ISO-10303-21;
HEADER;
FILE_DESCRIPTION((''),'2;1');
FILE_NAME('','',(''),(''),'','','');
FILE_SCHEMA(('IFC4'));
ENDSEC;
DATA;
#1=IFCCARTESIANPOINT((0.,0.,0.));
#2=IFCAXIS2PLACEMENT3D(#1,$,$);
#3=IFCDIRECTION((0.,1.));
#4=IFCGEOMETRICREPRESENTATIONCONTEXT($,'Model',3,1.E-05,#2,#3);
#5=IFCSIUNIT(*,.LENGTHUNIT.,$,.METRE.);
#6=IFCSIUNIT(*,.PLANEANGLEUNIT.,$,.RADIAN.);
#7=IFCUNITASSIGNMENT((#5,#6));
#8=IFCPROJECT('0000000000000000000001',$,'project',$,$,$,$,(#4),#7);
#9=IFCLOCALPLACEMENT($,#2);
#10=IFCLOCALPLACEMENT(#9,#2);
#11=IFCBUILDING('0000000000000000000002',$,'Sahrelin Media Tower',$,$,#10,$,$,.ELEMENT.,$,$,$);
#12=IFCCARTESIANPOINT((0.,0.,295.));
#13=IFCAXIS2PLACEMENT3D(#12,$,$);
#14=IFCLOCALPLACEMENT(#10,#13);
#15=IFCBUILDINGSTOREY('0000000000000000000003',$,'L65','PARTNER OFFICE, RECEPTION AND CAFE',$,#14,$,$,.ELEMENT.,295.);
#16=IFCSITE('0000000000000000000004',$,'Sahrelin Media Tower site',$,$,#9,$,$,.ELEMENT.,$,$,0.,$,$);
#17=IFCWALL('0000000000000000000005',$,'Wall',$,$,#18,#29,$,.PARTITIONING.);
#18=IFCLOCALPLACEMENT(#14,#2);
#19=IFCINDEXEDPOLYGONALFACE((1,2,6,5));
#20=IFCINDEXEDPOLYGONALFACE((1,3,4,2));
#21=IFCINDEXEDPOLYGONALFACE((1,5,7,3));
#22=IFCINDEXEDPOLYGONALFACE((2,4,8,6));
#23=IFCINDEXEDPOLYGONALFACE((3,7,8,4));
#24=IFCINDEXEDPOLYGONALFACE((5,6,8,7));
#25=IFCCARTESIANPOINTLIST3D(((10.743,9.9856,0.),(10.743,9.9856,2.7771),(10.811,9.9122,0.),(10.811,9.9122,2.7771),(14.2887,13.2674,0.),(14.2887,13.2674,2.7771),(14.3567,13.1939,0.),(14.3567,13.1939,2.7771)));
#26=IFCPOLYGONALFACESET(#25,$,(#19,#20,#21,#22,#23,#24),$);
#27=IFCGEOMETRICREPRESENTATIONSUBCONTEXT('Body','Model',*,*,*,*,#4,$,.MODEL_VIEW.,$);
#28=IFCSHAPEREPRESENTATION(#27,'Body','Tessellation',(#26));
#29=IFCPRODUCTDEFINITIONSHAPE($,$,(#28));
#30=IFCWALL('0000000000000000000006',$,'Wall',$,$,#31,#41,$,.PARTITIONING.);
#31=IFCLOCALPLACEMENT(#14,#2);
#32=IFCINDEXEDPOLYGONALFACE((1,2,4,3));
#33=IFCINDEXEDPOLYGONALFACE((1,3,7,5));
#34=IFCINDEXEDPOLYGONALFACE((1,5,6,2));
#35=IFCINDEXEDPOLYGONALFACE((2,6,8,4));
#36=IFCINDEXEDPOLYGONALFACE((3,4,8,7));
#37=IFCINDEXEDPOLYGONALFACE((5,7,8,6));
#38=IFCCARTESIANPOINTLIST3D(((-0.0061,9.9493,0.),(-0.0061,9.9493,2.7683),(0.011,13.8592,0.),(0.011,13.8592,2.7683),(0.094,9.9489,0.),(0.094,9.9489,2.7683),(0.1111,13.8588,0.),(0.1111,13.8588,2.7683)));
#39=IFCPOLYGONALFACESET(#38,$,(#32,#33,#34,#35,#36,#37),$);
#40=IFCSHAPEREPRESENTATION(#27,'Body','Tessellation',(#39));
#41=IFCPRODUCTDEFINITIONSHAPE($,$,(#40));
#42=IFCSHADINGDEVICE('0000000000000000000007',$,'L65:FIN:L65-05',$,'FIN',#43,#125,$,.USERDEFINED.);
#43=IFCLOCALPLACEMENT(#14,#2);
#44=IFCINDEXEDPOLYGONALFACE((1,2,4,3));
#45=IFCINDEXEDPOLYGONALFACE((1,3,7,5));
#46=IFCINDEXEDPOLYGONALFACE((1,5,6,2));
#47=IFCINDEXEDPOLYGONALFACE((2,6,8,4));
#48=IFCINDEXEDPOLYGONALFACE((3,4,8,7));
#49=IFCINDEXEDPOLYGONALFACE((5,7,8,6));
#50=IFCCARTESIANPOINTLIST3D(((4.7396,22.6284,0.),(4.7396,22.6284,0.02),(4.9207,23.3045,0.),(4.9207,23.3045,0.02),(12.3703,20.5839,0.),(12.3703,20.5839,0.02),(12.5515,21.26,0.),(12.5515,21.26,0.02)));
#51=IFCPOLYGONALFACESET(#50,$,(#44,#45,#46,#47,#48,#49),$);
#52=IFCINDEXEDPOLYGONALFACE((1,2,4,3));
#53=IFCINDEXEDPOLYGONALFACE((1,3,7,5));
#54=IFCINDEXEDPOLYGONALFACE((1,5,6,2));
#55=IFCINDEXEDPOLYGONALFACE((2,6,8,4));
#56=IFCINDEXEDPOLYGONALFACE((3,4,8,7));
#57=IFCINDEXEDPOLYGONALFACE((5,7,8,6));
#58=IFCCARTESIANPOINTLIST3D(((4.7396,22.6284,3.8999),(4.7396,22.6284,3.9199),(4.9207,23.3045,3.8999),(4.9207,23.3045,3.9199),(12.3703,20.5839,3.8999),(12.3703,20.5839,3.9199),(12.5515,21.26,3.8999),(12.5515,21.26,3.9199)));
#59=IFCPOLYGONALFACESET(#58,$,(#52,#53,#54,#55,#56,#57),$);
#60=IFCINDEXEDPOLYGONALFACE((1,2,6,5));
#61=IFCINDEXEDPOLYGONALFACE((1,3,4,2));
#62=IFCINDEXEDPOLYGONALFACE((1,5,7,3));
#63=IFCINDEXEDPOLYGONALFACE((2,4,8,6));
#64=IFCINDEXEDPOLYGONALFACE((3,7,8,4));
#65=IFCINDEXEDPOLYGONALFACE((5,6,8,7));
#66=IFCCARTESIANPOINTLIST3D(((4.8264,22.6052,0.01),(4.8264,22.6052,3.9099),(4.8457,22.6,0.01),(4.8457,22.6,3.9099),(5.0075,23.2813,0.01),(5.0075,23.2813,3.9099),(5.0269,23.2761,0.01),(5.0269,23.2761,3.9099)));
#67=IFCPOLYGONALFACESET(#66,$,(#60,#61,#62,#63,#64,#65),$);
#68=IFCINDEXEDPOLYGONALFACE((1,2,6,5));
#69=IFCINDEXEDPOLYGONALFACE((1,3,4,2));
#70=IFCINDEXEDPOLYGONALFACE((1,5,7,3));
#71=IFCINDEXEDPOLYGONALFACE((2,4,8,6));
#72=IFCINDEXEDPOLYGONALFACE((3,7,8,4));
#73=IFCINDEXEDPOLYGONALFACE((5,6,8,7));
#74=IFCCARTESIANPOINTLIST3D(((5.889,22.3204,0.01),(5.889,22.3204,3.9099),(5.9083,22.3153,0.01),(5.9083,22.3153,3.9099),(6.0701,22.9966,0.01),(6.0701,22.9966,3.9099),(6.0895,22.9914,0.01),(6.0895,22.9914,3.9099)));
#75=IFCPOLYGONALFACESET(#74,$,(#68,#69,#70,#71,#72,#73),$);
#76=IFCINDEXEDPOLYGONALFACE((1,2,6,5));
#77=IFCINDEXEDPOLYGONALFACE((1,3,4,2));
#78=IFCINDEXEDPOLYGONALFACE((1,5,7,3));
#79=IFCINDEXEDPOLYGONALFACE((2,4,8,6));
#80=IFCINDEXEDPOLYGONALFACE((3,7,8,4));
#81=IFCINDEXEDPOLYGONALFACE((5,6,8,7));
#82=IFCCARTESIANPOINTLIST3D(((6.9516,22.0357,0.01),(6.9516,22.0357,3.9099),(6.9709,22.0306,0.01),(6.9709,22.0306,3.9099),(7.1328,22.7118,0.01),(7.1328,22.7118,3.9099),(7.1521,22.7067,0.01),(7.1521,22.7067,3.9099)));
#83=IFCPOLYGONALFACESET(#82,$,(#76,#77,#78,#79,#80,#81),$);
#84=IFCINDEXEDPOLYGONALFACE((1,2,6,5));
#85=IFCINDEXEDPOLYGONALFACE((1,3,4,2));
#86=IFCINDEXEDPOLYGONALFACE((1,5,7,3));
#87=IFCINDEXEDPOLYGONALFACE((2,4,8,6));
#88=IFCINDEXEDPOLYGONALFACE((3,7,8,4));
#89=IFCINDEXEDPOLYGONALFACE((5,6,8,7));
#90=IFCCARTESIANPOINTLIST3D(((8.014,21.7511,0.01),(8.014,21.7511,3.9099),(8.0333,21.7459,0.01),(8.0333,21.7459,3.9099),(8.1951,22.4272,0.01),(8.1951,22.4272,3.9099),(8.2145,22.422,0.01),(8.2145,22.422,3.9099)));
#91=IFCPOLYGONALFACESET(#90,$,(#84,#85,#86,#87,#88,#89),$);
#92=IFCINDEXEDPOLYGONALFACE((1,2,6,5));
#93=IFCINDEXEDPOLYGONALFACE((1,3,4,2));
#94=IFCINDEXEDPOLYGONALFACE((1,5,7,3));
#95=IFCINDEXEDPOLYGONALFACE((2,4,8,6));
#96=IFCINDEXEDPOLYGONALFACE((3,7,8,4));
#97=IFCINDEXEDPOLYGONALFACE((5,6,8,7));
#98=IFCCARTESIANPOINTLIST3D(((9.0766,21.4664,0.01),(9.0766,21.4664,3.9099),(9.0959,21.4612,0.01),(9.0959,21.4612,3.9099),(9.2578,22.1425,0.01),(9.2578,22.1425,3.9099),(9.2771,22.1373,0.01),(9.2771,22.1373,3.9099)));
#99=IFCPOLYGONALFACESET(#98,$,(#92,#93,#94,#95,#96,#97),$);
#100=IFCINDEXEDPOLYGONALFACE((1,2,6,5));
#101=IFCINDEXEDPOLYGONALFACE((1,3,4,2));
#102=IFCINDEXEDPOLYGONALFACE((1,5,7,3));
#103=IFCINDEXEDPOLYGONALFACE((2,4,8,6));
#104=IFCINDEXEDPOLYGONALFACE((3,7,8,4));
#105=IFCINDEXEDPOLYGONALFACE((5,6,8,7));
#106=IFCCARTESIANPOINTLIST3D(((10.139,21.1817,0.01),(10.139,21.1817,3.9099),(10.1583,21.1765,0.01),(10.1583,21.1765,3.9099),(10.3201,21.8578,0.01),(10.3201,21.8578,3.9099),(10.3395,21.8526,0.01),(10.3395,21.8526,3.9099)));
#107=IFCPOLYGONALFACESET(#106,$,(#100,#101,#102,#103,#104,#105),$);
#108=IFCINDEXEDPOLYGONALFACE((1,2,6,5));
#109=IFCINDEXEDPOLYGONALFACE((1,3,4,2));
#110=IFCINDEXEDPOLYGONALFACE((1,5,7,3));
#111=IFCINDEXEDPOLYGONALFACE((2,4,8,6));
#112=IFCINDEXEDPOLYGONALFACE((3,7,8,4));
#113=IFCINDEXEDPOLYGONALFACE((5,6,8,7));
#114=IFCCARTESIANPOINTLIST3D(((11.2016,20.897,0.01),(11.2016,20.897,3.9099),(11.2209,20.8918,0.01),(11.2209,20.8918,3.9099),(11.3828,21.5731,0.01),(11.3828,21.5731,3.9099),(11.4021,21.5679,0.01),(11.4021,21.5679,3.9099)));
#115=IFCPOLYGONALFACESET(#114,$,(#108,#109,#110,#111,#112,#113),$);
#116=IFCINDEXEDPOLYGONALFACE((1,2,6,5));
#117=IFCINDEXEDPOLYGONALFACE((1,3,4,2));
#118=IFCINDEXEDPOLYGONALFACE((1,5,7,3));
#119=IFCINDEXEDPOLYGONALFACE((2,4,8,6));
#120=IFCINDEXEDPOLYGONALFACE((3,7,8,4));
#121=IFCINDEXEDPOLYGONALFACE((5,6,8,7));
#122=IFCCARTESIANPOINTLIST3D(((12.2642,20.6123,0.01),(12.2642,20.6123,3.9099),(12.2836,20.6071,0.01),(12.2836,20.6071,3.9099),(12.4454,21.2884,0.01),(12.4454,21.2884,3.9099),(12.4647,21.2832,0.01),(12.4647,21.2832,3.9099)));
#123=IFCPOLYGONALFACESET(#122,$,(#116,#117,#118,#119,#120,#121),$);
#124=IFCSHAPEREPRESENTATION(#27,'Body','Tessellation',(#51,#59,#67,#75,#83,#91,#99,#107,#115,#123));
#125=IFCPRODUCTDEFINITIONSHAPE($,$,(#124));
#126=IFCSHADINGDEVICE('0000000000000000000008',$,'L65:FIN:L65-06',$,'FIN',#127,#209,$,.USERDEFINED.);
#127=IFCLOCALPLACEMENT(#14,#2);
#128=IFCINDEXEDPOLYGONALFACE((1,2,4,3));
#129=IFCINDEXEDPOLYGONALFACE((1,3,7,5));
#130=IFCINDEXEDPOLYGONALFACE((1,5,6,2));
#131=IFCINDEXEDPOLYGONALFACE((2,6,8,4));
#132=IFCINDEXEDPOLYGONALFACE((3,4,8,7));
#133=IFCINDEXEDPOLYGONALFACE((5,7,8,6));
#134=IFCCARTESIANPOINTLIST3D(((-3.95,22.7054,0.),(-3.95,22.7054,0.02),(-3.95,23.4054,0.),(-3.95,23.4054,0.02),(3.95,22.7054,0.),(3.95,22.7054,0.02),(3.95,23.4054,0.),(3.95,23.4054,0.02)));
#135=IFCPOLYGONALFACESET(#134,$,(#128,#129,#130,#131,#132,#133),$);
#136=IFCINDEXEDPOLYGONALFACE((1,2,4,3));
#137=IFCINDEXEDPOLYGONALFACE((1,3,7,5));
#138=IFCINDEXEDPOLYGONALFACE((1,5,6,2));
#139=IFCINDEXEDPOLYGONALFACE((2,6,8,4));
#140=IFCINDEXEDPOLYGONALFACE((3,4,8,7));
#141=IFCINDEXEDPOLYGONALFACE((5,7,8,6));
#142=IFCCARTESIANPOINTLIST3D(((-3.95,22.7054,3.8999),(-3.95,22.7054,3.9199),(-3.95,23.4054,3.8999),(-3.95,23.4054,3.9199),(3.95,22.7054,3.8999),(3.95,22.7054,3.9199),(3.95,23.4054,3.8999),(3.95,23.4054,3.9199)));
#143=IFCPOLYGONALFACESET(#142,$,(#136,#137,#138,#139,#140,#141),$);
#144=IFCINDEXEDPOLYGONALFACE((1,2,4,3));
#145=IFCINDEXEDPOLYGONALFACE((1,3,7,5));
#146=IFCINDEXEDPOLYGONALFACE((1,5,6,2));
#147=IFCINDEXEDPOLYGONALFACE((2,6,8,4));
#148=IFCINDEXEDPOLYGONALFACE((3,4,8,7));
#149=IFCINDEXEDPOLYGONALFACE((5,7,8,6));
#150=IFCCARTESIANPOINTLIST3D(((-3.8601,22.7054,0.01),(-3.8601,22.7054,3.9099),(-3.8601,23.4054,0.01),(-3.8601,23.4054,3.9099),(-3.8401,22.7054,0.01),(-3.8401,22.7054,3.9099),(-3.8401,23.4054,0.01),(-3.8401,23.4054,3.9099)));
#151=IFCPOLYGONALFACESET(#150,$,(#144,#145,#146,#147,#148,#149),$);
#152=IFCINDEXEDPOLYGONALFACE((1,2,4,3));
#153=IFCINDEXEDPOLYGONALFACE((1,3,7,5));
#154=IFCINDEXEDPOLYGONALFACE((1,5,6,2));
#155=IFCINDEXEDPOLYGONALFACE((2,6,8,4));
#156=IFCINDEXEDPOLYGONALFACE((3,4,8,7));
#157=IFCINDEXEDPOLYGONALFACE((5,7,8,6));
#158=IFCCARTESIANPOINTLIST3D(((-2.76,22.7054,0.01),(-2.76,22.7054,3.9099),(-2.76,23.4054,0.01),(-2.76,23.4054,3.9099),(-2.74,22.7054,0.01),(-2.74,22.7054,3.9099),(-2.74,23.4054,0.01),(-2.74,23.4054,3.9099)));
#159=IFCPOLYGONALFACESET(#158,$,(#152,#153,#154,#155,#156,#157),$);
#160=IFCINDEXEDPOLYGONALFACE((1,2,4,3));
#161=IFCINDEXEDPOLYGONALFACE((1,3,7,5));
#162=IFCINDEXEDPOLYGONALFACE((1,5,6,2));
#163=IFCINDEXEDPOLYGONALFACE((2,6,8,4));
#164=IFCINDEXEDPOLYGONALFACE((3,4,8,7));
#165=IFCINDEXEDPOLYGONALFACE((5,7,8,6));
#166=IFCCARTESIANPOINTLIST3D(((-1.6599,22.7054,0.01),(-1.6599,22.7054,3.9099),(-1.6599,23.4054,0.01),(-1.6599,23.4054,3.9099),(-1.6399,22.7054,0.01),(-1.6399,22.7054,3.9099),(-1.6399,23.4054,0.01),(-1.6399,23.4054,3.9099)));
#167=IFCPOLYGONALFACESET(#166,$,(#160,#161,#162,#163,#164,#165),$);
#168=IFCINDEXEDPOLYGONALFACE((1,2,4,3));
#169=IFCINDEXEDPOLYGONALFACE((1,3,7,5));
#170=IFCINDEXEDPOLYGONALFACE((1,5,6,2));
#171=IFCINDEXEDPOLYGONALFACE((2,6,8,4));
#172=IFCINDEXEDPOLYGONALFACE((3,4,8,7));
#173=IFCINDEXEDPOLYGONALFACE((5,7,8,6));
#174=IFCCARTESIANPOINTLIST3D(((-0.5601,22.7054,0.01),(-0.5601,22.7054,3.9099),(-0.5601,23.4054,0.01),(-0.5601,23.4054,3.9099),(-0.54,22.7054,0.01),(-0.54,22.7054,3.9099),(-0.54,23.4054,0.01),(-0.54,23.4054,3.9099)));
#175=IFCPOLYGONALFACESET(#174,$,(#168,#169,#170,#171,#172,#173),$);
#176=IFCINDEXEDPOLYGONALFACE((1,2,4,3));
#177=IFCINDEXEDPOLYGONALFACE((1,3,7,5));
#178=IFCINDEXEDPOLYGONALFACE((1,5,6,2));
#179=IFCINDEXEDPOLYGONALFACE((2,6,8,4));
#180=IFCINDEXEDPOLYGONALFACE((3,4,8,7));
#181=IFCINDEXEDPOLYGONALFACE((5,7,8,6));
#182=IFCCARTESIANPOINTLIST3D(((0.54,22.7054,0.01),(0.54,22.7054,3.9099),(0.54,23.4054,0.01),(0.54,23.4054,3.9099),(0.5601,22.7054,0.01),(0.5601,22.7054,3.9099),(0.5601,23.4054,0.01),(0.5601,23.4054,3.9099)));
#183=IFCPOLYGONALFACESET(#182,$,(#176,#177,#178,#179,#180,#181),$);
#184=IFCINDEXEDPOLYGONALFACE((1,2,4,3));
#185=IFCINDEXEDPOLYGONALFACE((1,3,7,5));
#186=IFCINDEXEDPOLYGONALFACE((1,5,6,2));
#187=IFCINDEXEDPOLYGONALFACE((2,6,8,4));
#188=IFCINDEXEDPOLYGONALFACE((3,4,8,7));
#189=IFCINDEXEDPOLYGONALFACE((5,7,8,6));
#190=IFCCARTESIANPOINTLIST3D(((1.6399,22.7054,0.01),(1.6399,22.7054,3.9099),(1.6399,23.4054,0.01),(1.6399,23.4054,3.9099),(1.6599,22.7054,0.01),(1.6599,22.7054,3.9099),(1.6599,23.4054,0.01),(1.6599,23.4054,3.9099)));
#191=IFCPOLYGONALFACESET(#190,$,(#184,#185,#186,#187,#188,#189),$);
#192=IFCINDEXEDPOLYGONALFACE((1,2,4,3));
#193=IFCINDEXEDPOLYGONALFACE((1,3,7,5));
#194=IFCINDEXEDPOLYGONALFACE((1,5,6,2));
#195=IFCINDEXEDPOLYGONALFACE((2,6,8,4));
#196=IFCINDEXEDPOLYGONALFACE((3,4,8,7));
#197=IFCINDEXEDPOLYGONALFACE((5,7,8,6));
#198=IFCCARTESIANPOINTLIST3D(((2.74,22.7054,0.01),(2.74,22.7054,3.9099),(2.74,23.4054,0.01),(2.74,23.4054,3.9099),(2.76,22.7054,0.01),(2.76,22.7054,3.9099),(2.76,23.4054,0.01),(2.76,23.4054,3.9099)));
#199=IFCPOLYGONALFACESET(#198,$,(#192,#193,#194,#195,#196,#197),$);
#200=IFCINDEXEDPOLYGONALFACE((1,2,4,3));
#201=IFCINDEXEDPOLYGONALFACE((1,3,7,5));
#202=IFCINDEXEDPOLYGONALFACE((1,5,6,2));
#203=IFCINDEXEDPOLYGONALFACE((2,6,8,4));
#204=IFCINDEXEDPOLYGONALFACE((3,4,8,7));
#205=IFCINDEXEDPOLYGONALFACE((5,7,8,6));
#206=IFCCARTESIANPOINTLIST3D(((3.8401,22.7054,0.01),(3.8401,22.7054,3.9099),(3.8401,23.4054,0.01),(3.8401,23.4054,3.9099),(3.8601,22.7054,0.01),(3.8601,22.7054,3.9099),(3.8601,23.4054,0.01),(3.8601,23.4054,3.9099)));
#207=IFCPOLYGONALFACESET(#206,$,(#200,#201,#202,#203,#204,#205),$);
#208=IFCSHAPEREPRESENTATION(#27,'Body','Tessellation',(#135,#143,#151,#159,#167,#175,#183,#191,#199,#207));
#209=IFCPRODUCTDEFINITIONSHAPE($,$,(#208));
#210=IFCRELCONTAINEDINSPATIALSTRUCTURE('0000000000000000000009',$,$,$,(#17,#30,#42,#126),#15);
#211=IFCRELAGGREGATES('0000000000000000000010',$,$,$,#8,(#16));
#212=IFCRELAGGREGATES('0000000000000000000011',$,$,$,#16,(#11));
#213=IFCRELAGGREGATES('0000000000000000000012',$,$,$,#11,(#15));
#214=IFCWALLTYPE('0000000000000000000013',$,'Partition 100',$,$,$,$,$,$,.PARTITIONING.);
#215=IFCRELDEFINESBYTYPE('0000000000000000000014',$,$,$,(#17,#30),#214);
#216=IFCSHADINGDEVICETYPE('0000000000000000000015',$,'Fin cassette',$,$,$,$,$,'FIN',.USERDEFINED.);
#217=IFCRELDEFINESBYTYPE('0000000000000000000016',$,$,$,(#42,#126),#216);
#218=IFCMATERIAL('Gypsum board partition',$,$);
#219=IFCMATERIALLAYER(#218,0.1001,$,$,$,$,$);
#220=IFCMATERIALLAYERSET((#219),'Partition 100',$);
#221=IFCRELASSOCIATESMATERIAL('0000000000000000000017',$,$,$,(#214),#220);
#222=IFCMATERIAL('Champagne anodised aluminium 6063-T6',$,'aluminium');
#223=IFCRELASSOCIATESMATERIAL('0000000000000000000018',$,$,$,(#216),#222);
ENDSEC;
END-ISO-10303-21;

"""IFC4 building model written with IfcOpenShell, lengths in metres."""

from ifc_helpers import new_model, si_unit, direction, frame, frame_2d, origin, origin_2d, place, context, subcontext, project, spatial, rectangle, extrude, material, layer, layer_set, type_object, element, save


model = new_model("IFC4")

# Units and contexts
model_context = context("Model", 3, precision=1e-05, world=origin(), true_north=direction((0.0, 1.0)))
body_context = subcontext(model_context, "Body", "Model", "MODEL_VIEW")
ifc_project = project(units=[si_unit("LENGTHUNIT", "METRE"), si_unit("PLANEANGLEUNIT", "RADIAN")], contexts=[model_context])

# Site, building, storey
site_placement = place(None, origin())
site = spatial("IfcSite", under=ifc_project, at=site_placement, Name="Sahrelin Media Tower site", CompositionType="ELEMENT", RefElevation=0.0)
building_placement = place(site_placement, origin())
building = spatial("IfcBuilding", under=site, at=building_placement, Name="Sahrelin Media Tower", CompositionType="ELEMENT")
storey_placement = place(building_placement, frame((0.0, 0.0, 295.0)))
storey = spatial("IfcBuildingStorey", under=building, at=storey_placement, Name="L65", Description="PARTNER OFFICE, RECEPTION AND CAFE", CompositionType="ELEMENT", Elevation=295.0)

# Shared definitions
ifc_material_1 = material(Name="Champagne anodised aluminium 6063-T6", Category="aluminium")

# Shared definitions
placement_1 = place(storey_placement, frame((0.0, 22.6355, 0.0), z_axis=(0.0, 0.0, 1.0), x_axis=(1.0, 0.0, 0.0)))

# Walls
ifc_material_2 = material(Name="Gypsum board partition")
ifc_layer_1 = layer(ifc_material_2, 0.1001)
ifc_layer_set_1 = layer_set([ifc_layer_1], Name="Partition 100")
wall_type = type_object("IfcWallType", Name="Partition 100", PredefinedType="PARTITIONING", material=ifc_layer_set_1)
wall_1_placement = place(storey_placement, frame((10.7771, 9.949, 0.0), z_axis=(0.0, 0.0, 1.0), x_axis=(0.733892, 0.679266, 0.0)))
element("IfcWall", 1, at=wall_1_placement, inside=storey, type_object=wall_type, Name="Wall", PredefinedType="PARTITIONING", context=body_context, shape_type="SweptSolid", body=[
    extrude(rectangle(XDim=4.8313, YDim=0.1001, at=frame_2d((2.4155, 0.0))), origin(), (0.0, 0.0, 1.0), 2.7771),
])
wall_2_placement = place(storey_placement, frame((0.0439, 9.949, 0.0), z_axis=(0.0, 0.0, 1.0), x_axis=(0.004371, 0.99999, 0.0)))
element("IfcWall", 2, at=wall_2_placement, inside=storey, type_object=wall_type, Name="Wall", PredefinedType="PARTITIONING", context=body_context, shape_type="SweptSolid", body=[
    extrude(rectangle(XDim=3.9099, YDim=0.1001, at=frame_2d((1.9551, 0.0))), origin(), (0.0, 0.0, 1.0), 2.7683),
])

# Shading devices
shading_device_type_1 = type_object("IfcShadingDeviceType", Name="Fin cassette", ElementType="FIN", PredefinedType="USERDEFINED", material=ifc_material_1)
placement_2 = place(storey_placement, frame((8.5369, 21.5386, 0.0), z_axis=(0.0, 0.0, 1.0), x_axis=(0.965929, -0.258808, 0.0)))
element("IfcShadingDevice", 3, at=placement_2, inside=storey, type_object=shading_device_type_1, Name="L65:FIN:L65-05", ObjectType="FIN", PredefinedType="USERDEFINED", context=body_context, shape_type="SweptSolid", body=[
    extrude(rectangle(XDim=7.8999, YDim=0.7, at=origin_2d()), frame((0.0, 0.4199, 0.0)), (0.0, 0.0, 1.0), 0.02),
    extrude(rectangle(XDim=7.8999, YDim=0.7, at=origin_2d()), frame((0.0, 0.4199, 3.8999)), (0.0, 0.0, 1.0), 0.02),
    extrude(rectangle(XDim=0.02, YDim=0.7, at=origin_2d()), frame((-3.8501, 0.4199, 0.01), z_axis=(0.0, 0.0, 1.0), x_axis=(1.0, 0.0, 0.0)), (0.0, 0.0, 1.0), 3.8999),
    extrude(rectangle(XDim=0.02, YDim=0.7, at=origin_2d()), frame((-2.75, 0.4199, 0.01), z_axis=(0.0, 0.0, 1.0), x_axis=(1.0, 0.0, 0.0)), (0.0, 0.0, 1.0), 3.8999),
    extrude(rectangle(XDim=0.02, YDim=0.7, at=origin_2d()), frame((-1.6499, 0.4199, 0.01), z_axis=(0.0, 0.0, 1.0), x_axis=(1.0, 0.0, 0.0)), (0.0, 0.0, 1.0), 3.8999),
    extrude(rectangle(XDim=0.02, YDim=0.7, at=origin_2d()), frame((-0.55, 0.4199, 0.01), z_axis=(0.0, 0.0, 1.0), x_axis=(1.0, 0.0, 0.0)), (0.0, 0.0, 1.0), 3.8999),
    extrude(rectangle(XDim=0.02, YDim=0.7, at=origin_2d()), frame((0.55, 0.4199, 0.01), z_axis=(0.0, 0.0, 1.0), x_axis=(1.0, 0.0, 0.0)), (0.0, 0.0, 1.0), 3.8999),
    extrude(rectangle(XDim=0.02, YDim=0.7, at=origin_2d()), frame((1.6499, 0.4199, 0.01), z_axis=(0.0, 0.0, 1.0), x_axis=(1.0, 0.0, 0.0)), (0.0, 0.0, 1.0), 3.8999),
    extrude(rectangle(XDim=0.02, YDim=0.7, at=origin_2d()), frame((2.75, 0.4199, 0.01), z_axis=(0.0, 0.0, 1.0), x_axis=(1.0, 0.0, 0.0)), (0.0, 0.0, 1.0), 3.8999),
    extrude(rectangle(XDim=0.02, YDim=0.7, at=origin_2d()), frame((3.8501, 0.4199, 0.01), z_axis=(0.0, 0.0, 1.0), x_axis=(1.0, 0.0, 0.0)), (0.0, 0.0, 1.0), 3.8999),
])
element("IfcShadingDevice", 4, at=placement_1, inside=storey, type_object=shading_device_type_1, Name="L65:FIN:L65-06", ObjectType="FIN", PredefinedType="USERDEFINED", context=body_context, shape_type="SweptSolid", body=[
    extrude(rectangle(XDim=7.8999, YDim=0.7, at=origin_2d()), frame((0.0, 0.4199, 0.0)), (0.0, 0.0, 1.0), 0.02),
    extrude(rectangle(XDim=7.8999, YDim=0.7, at=origin_2d()), frame((0.0, 0.4199, 3.8999)), (0.0, 0.0, 1.0), 0.02),
    extrude(rectangle(XDim=0.02, YDim=0.7, at=origin_2d()), frame((-3.8501, 0.4199, 0.01), z_axis=(0.0, 0.0, 1.0), x_axis=(1.0, 0.0, 0.0)), (0.0, 0.0, 1.0), 3.8999),
    extrude(rectangle(XDim=0.02, YDim=0.7, at=origin_2d()), frame((-2.75, 0.4199, 0.01), z_axis=(0.0, 0.0, 1.0), x_axis=(1.0, 0.0, 0.0)), (0.0, 0.0, 1.0), 3.8999),
    extrude(rectangle(XDim=0.02, YDim=0.7, at=origin_2d()), frame((-1.6499, 0.4199, 0.01), z_axis=(0.0, 0.0, 1.0), x_axis=(1.0, 0.0, 0.0)), (0.0, 0.0, 1.0), 3.8999),
    extrude(rectangle(XDim=0.02, YDim=0.7, at=origin_2d()), frame((-0.55, 0.4199, 0.01), z_axis=(0.0, 0.0, 1.0), x_axis=(1.0, 0.0, 0.0)), (0.0, 0.0, 1.0), 3.8999),
    extrude(rectangle(XDim=0.02, YDim=0.7, at=origin_2d()), frame((0.55, 0.4199, 0.01), z_axis=(0.0, 0.0, 1.0), x_axis=(1.0, 0.0, 0.0)), (0.0, 0.0, 1.0), 3.8999),
    extrude(rectangle(XDim=0.02, YDim=0.7, at=origin_2d()), frame((1.6499, 0.4199, 0.01), z_axis=(0.0, 0.0, 1.0), x_axis=(1.0, 0.0, 0.0)), (0.0, 0.0, 1.0), 3.8999),
    extrude(rectangle(XDim=0.02, YDim=0.7, at=origin_2d()), frame((2.75, 0.4199, 0.01), z_axis=(0.0, 0.0, 1.0), x_axis=(1.0, 0.0, 0.0)), (0.0, 0.0, 1.0), 3.8999),
    extrude(rectangle(XDim=0.02, YDim=0.7, at=origin_2d()), frame((3.8501, 0.4199, 0.01), z_axis=(0.0, 0.0, 1.0), x_axis=(1.0, 0.0, 0.0)), (0.0, 0.0, 1.0), 3.8999),
])

save(model, "model.ifc")
